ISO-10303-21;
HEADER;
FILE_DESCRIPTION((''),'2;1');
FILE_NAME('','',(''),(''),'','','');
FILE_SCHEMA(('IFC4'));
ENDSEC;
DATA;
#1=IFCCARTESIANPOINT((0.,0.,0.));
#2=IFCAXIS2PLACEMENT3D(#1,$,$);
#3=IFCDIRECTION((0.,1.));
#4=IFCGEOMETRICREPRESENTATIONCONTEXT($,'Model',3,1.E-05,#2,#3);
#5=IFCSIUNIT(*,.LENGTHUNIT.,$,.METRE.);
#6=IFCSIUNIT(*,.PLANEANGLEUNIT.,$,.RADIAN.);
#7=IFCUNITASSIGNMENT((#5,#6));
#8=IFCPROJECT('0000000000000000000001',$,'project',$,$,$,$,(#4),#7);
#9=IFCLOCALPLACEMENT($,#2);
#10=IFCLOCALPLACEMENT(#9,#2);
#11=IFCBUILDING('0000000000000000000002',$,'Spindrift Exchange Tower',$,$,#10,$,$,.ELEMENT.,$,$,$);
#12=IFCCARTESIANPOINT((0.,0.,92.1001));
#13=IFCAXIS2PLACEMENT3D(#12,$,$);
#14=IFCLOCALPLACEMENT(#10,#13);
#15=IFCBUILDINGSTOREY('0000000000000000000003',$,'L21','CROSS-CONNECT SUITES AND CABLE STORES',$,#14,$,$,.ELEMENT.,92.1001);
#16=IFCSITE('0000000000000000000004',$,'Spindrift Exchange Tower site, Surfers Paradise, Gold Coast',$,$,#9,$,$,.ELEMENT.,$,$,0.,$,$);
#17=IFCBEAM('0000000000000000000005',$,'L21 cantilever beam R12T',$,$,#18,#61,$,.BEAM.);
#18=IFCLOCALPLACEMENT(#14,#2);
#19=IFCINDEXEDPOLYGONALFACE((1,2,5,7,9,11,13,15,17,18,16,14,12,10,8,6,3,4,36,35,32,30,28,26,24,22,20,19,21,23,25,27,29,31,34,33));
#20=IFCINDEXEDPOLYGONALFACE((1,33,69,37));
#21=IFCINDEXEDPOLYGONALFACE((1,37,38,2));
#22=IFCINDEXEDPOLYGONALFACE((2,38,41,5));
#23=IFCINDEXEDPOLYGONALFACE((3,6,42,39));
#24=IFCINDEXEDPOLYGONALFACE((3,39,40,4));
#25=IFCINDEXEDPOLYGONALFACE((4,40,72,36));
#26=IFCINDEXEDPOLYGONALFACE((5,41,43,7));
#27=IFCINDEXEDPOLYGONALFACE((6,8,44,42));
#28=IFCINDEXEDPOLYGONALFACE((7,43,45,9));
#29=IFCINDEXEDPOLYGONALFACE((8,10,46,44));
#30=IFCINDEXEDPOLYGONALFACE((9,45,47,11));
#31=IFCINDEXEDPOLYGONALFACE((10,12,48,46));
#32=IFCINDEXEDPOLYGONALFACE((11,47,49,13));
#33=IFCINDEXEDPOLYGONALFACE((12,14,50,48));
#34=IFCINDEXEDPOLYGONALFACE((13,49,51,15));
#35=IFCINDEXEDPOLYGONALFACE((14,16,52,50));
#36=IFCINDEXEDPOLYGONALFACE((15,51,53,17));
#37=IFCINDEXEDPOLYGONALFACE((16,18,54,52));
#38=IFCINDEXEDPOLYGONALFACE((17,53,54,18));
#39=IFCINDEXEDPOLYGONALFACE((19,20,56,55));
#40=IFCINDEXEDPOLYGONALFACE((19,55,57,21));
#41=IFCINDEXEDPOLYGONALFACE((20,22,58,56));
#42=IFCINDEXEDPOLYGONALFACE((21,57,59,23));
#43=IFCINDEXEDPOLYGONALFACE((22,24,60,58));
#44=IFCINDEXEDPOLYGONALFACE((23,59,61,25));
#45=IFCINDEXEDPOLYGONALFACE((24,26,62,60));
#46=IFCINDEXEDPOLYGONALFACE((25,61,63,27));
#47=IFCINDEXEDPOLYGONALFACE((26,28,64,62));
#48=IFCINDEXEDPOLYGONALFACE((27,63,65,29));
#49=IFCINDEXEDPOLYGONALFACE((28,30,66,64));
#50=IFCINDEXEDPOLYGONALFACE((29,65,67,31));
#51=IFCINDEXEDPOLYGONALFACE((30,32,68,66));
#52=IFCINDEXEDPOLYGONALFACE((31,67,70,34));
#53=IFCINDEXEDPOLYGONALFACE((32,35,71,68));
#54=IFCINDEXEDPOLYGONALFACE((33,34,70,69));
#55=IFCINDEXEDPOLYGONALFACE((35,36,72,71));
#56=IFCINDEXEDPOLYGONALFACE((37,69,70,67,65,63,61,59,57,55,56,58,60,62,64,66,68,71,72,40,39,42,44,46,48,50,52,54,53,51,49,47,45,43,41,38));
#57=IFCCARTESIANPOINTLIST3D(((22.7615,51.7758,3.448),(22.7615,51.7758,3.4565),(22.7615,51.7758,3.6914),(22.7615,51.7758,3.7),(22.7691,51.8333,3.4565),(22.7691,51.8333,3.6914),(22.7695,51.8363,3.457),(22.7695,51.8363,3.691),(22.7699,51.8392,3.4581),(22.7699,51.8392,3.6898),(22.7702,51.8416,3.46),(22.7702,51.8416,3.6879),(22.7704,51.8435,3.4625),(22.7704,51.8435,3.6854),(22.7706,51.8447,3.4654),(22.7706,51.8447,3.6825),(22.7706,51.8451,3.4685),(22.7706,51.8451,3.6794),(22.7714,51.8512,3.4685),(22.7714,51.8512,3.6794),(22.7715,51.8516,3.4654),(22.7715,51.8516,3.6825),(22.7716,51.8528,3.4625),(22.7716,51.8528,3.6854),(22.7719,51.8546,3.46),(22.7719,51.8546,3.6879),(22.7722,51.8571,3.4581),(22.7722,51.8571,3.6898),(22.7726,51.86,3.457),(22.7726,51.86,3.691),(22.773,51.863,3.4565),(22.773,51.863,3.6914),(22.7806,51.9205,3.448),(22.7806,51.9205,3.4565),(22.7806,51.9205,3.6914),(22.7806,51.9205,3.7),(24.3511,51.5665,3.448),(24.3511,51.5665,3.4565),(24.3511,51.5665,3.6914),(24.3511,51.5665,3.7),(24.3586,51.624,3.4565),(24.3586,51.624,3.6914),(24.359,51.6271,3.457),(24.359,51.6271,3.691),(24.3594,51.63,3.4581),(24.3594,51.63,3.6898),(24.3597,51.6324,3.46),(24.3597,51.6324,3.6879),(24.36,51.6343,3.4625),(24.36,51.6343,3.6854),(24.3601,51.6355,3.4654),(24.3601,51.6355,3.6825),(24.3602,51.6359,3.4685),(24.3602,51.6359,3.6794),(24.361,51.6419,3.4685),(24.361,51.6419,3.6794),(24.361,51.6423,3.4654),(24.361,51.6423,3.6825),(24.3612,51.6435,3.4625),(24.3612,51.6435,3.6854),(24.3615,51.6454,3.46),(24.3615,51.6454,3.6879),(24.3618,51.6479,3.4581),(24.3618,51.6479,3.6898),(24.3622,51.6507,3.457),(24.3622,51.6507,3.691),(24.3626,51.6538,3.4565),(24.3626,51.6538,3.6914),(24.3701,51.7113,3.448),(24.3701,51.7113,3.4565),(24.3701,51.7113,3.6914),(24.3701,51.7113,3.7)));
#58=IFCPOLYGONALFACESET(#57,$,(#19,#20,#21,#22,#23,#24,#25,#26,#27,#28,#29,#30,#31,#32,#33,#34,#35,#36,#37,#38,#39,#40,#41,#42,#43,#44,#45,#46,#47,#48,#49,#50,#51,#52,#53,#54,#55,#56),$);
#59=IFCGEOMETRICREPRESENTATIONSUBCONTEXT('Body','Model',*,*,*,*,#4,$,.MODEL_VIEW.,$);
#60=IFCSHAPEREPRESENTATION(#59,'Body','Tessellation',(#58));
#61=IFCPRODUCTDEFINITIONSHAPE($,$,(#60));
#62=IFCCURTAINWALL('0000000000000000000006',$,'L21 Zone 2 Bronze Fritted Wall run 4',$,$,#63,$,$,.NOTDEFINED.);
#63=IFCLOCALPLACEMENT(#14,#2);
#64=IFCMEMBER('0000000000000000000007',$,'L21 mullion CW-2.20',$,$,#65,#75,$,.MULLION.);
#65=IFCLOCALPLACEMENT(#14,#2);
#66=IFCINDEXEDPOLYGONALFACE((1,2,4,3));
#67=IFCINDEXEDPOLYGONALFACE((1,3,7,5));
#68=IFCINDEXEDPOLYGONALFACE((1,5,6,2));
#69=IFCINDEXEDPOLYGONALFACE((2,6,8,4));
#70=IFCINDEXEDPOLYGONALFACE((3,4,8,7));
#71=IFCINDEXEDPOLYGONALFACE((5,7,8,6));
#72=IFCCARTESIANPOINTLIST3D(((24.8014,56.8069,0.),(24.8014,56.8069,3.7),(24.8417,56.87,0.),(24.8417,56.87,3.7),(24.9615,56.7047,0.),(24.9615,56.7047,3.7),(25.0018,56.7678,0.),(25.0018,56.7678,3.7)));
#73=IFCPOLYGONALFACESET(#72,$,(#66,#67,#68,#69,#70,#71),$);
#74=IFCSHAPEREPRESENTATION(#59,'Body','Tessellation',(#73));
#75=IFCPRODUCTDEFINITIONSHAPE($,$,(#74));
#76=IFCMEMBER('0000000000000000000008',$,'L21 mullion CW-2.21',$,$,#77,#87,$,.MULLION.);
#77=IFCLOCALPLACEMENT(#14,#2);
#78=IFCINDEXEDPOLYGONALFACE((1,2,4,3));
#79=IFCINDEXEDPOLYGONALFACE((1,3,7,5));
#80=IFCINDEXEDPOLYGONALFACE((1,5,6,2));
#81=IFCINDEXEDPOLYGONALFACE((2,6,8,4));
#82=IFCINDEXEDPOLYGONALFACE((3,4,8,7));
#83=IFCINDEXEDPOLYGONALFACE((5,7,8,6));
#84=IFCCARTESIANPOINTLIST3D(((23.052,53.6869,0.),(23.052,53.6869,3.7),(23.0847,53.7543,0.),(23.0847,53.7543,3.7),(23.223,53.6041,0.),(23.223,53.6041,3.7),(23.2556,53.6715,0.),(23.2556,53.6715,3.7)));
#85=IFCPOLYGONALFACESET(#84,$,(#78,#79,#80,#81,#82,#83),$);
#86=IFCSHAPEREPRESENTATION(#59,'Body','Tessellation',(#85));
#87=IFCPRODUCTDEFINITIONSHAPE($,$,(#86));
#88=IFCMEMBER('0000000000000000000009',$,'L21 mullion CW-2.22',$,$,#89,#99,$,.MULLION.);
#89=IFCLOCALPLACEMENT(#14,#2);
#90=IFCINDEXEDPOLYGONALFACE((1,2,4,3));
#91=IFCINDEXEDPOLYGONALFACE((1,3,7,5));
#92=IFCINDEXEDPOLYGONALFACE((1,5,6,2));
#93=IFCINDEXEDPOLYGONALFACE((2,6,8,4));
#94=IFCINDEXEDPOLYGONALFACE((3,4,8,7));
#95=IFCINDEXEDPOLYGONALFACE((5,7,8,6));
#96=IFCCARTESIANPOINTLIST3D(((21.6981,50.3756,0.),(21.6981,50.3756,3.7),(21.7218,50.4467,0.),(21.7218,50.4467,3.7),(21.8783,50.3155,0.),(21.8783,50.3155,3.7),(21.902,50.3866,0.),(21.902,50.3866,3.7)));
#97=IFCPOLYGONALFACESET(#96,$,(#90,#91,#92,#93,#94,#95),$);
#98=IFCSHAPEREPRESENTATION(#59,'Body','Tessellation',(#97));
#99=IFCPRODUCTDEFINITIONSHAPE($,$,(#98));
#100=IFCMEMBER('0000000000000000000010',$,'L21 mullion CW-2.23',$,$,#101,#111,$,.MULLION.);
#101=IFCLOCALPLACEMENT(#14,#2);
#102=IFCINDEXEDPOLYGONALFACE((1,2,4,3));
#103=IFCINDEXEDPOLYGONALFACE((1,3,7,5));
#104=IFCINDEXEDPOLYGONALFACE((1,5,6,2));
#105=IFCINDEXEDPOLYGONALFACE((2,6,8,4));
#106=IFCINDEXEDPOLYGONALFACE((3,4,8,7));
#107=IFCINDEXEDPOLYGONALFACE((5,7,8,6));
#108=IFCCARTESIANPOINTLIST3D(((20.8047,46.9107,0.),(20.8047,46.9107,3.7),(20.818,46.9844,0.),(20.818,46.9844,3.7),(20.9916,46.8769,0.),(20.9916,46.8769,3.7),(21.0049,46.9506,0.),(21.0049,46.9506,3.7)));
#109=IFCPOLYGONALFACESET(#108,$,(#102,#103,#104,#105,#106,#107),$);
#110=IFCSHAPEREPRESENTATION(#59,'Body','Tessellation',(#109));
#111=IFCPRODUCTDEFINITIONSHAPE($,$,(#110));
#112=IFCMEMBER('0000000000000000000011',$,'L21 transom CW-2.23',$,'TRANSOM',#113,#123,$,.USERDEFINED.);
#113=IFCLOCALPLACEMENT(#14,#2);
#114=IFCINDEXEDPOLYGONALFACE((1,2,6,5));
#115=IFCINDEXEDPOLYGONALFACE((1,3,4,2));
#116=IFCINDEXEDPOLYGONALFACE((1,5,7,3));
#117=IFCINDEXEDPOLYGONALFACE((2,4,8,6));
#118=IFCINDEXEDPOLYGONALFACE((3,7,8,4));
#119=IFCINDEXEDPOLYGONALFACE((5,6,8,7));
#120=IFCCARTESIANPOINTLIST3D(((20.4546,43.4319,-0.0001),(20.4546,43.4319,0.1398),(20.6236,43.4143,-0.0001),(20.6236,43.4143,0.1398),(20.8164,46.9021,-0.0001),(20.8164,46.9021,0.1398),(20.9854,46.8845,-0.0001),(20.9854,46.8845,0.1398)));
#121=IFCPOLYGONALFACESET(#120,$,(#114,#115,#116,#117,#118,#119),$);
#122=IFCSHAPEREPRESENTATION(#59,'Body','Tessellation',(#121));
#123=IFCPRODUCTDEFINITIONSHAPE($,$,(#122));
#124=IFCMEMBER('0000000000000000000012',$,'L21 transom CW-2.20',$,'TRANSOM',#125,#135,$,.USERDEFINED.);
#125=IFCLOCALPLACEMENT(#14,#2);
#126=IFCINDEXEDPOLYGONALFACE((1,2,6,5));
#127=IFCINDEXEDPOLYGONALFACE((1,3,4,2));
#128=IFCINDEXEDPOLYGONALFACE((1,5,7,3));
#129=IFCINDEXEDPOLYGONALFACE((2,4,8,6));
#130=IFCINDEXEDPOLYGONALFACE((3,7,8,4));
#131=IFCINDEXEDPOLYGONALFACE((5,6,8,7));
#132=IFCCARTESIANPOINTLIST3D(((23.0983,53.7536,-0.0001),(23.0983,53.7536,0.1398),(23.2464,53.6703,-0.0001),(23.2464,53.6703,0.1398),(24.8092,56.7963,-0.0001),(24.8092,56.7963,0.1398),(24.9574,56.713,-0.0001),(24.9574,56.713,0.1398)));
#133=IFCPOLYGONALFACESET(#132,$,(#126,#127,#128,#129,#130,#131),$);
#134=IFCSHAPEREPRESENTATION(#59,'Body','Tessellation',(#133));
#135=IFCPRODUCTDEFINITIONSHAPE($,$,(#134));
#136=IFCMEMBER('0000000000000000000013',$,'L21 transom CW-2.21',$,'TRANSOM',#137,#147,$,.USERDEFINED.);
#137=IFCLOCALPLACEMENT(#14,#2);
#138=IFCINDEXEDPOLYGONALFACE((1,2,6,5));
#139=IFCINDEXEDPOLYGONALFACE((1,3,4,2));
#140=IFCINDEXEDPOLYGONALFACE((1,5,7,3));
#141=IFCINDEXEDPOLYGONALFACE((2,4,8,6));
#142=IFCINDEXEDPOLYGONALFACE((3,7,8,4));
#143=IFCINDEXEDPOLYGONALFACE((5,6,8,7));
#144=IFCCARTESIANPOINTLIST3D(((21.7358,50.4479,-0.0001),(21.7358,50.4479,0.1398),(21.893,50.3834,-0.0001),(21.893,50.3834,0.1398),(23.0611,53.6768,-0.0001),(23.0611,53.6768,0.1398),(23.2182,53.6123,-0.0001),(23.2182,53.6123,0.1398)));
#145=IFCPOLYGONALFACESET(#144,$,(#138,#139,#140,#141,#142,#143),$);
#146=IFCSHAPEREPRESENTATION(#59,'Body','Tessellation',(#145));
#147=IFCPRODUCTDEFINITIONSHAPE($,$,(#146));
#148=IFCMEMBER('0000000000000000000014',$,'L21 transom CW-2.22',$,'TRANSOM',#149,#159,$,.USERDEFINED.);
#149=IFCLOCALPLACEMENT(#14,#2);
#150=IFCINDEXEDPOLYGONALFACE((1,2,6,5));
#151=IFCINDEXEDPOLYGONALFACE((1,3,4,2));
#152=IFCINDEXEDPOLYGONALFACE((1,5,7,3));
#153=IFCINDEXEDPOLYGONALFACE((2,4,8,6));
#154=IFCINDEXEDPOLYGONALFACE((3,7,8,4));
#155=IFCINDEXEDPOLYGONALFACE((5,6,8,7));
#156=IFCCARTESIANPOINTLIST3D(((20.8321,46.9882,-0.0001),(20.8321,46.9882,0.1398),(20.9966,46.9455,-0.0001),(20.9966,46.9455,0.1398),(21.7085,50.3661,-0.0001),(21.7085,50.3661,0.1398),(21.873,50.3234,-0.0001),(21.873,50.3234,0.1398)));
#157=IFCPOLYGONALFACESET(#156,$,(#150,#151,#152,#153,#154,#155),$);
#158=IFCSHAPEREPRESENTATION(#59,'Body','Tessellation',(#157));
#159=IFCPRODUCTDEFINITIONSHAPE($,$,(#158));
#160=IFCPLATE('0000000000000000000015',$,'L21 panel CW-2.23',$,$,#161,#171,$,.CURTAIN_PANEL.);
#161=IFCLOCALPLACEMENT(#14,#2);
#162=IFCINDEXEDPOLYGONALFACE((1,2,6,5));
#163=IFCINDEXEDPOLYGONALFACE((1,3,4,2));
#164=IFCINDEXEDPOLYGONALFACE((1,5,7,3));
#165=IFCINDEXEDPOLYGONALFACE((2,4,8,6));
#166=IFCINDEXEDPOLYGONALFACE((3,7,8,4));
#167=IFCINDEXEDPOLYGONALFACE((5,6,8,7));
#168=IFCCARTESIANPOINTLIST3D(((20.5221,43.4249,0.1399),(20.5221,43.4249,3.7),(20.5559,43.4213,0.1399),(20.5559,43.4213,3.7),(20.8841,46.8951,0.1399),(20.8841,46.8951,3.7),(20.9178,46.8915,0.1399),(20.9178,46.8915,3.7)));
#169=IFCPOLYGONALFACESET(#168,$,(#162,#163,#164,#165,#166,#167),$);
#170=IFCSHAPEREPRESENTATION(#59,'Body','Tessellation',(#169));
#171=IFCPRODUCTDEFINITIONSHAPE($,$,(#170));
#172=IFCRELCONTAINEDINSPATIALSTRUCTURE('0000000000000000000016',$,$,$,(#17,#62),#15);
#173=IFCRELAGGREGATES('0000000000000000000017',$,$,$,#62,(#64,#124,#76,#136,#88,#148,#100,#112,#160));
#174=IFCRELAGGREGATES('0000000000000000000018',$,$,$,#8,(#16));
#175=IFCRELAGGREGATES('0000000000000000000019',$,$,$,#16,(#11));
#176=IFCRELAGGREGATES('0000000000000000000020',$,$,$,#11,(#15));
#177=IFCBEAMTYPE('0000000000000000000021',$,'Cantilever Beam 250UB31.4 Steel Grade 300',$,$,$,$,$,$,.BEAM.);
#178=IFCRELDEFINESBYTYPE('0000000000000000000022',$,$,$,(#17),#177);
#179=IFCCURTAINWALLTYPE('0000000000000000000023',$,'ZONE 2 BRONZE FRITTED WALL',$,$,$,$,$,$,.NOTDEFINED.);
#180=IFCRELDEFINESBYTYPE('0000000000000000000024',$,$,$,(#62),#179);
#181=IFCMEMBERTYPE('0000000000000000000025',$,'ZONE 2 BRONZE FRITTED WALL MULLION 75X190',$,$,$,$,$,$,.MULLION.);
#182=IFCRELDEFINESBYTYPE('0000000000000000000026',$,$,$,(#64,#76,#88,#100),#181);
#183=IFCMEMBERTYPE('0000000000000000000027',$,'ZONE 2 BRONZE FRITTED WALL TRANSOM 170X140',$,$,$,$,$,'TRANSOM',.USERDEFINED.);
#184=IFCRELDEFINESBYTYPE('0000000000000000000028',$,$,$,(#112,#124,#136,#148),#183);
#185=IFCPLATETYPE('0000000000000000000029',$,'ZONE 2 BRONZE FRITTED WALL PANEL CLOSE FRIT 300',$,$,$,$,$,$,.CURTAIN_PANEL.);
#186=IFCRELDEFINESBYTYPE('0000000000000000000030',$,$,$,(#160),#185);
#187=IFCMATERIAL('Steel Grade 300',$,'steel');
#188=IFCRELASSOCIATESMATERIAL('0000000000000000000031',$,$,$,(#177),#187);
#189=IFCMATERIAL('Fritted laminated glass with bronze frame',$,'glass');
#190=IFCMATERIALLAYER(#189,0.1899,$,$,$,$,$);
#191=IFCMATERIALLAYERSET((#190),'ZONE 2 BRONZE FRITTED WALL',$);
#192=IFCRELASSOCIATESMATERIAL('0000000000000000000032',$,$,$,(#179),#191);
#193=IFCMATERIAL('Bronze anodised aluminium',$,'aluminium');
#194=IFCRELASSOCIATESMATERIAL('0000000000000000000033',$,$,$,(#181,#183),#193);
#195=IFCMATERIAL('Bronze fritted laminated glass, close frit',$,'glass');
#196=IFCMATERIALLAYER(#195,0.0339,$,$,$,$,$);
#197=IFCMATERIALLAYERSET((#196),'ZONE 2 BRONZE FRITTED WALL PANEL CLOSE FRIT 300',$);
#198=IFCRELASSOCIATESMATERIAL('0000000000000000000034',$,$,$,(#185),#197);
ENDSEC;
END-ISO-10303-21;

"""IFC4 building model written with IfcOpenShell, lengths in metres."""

from ifc_helpers import new_model, si_unit, direction, frame, origin, origin_2d, place, context, subcontext, project, spatial, rectangle, i_section, extrude, source, transform, mapped, material, layer, layer_set, material_profile, profile_set, type_object, element, aggregate, save


model = new_model("IFC4")

# Units and contexts
model_context = context("Model", 3, precision=1e-05, world=origin(), true_north=direction((0.0, 1.0)))
body_context = subcontext(model_context, "Body", "Model", "MODEL_VIEW")
ifc_project = project(units=[si_unit("LENGTHUNIT", "METRE"), si_unit("PLANEANGLEUNIT", "RADIAN")], contexts=[model_context])

# Site, building, storey
site_placement = place(None, origin())
site = spatial("IfcSite", under=ifc_project, at=site_placement, Name="Spindrift Exchange Tower site, Surfers Paradise, Gold Coast", CompositionType="ELEMENT", RefElevation=0.0)
building_placement = place(site_placement, origin())
building = spatial("IfcBuilding", under=site, at=building_placement, Name="Spindrift Exchange Tower", CompositionType="ELEMENT")
storey_placement = place(building_placement, frame((0.0, 0.0, 92.1001)))
storey = spatial("IfcBuildingStorey", under=building, at=storey_placement, Name="L21", Description="CROSS-CONNECT SUITES AND CABLE STORES", CompositionType="ELEMENT", Elevation=92.1001)

# Beam
ifc_material_1 = material(Name="Steel Grade 300", Category="steel")
ifc_material_profile_1 = material_profile(ifc_material_1, i_section(OverallWidth=0.146, OverallDepth=0.252, WebThickness=0.0061, FlangeThickness=0.0085, FilletRadius=0.012, at=origin_2d()), Name="250UB31.4")
ifc_profile_set_1 = profile_set([ifc_material_profile_1], Name="Steel Grade 300")
beam_type_1 = type_object("IfcBeamType", Name="Cantilever Beam 250UB31.4 Steel Grade 300", PredefinedType="BEAM", material=ifc_profile_set_1)
shared_shape_1 = source(origin(), body_context, "Body", "SweptSolid", [
    extrude(i_section(OverallWidth=0.146, OverallDepth=0.252, WebThickness=0.0061, FlangeThickness=0.0085, FilletRadius=0.012, at=origin_2d()), origin(), (0.0, 0.0, 1.0), 1.6033),
])
beam_1_placement = place(storey_placement, frame((24.3606, 51.6389, 3.574), z_axis=(-0.991449, 0.130498, 0.0), x_axis=(-0.130498, -0.991449, 0.0)))
element("IfcBeam", 1, at=beam_1_placement, inside=storey, type_object=beam_type_1, Name="L21 cantilever beam R12T", PredefinedType="BEAM", context=body_context, shape_type="MappedRepresentation", body=[
    mapped(shared_shape_1, transform((0.0, 0.0, 0.0), scale=1.0)),
])

# Curtain wall, members, plate
ifc_material_2 = material(Name="Fritted laminated glass with bronze frame", Category="glass")
ifc_layer_1 = layer(ifc_material_2, 0.1899)
ifc_layer_set_1 = layer_set([ifc_layer_1], Name="ZONE 2 BRONZE FRITTED WALL")
curtain_wall_type = type_object("IfcCurtainWallType", Name="ZONE 2 BRONZE FRITTED WALL", PredefinedType="NOTDEFINED", material=ifc_layer_set_1)
curtain_wall_placement = place(storey_placement, origin())
curtain_wall = element("IfcCurtainWall", 2, at=curtain_wall_placement, inside=storey, type_object=curtain_wall_type, Name="L21 Zone 2 Bronze Fritted Wall run 4", PredefinedType="NOTDEFINED")
ifc_material_3 = material(Name="Bronze anodised aluminium", Category="aluminium")
ifc_material_profile_2 = material_profile(ifc_material_3, rectangle(XDim=0.075, YDim=0.1899, at=origin_2d()), Name="ZONE 2 BRONZE FRITTED WALL MULLION 75X190")
ifc_profile_set_2 = profile_set([ifc_material_profile_2], Name="Bronze anodised aluminium")
member_type_1 = type_object("IfcMemberType", Name="ZONE 2 BRONZE FRITTED WALL MULLION 75X190", PredefinedType="MULLION", material=ifc_profile_set_2)
shared_shape_2 = source(origin(), body_context, "Body", "SweptSolid", [
    extrude(rectangle(XDim=0.075, YDim=0.1899, at=origin_2d()), origin(), (0.0, 0.0, 1.0), 3.7),
])
member_1_placement = place(storey_placement, frame((24.9016, 56.7874, 0.0), z_axis=(0.0, 0.0, 1.0), x_axis=(-0.538152, -0.842848, 0.0)))
member_1 = element("IfcMember", 3, at=member_1_placement, type_object=member_type_1, Name="L21 mullion CW-2.20", PredefinedType="MULLION", context=body_context, shape_type="MappedRepresentation", body=[
    mapped(shared_shape_2, transform((0.0, 0.0, 0.0), scale=1.0)),
])
member_2_placement = place(storey_placement, frame((23.1538, 53.6792, 0.0), z_axis=(0.0, 0.0, 1.0), x_axis=(-0.435765, -0.900061, 0.0)))
member_2 = element("IfcMember", 4, at=member_2_placement, type_object=member_type_1, Name="L21 mullion CW-2.21", PredefinedType="MULLION", context=body_context, shape_type="MappedRepresentation", body=[
    mapped(shared_shape_2, transform((0.0, 0.0, 0.0), scale=1.0)),
])
member_3_placement = place(storey_placement, frame((21.8, 50.3811, 0.0), z_axis=(0.0, 0.0, 1.0), x_axis=(-0.316164, -0.948704, 0.0)))
member_3 = element("IfcMember", 5, at=member_3_placement, type_object=member_type_1, Name="L21 mullion CW-2.22", PredefinedType="MULLION", context=body_context, shape_type="MappedRepresentation", body=[
    mapped(shared_shape_2, transform((0.0, 0.0, 0.0), scale=1.0)),
])
member_4_placement = place(storey_placement, frame((20.9048, 46.9307, 0.0), z_axis=(0.0, 0.0, 1.0), x_axis=(-0.177942, -0.984041, 0.0)))
member_4 = element("IfcMember", 6, at=member_4_placement, type_object=member_type_1, Name="L21 mullion CW-2.23", PredefinedType="MULLION", context=body_context, shape_type="MappedRepresentation", body=[
    mapped(shared_shape_2, transform((0.0, 0.0, 0.0), scale=1.0)),
])
ifc_material_profile_3 = material_profile(ifc_material_3, rectangle(XDim=0.1699, YDim=0.1399, at=origin_2d()), Name="ZONE 2 BRONZE FRITTED WALL TRANSOM 170X140")
ifc_profile_set_3 = profile_set([ifc_material_profile_3], Name="Bronze anodised aluminium")
member_type_2 = type_object("IfcMemberType", Name="ZONE 2 BRONZE FRITTED WALL TRANSOM 170X140", ElementType="TRANSOM", PredefinedType="USERDEFINED", material=ifc_profile_set_3)
shared_shape_3 = source(origin(), body_context, "Body", "SweptSolid", [
    extrude(rectangle(XDim=0.1699, YDim=0.1399, at=origin_2d()), origin(), (0.0, 0.0, 1.0), 3.489),
])
member_5_placement = place(storey_placement, frame((20.9009, 46.8933, 0.0698), z_axis=(-0.103701, -0.994608, 0.0), x_axis=(0.994608, -0.103701, 0.0)))
member_5 = element("IfcMember", 7, at=member_5_placement, type_object=member_type_2, Name="L21 transom CW-2.23", ObjectType="TRANSOM", PredefinedType="USERDEFINED", context=body_context, shape_type="MappedRepresentation", body=[
    mapped(shared_shape_3, transform((0.0, 0.0, 0.0), scale=1.0)),
])
shared_shape_4 = source(origin(), body_context, "Body", "SweptSolid", [
    extrude(rectangle(XDim=0.1699, YDim=0.1399, at=origin_2d()), origin(), (0.0, 0.0, 1.0), 3.4907),
])
member_6_placement = place(storey_placement, frame((24.8833, 56.7546, 0.0698), z_axis=(-0.490132, -0.871648, 0.0), x_axis=(0.871648, -0.490132, 0.0)))
member_6 = element("IfcMember", 8, at=member_6_placement, type_object=member_type_2, Name="L21 transom CW-2.20", ObjectType="TRANSOM", PredefinedType="USERDEFINED", context=body_context, shape_type="MappedRepresentation", body=[
    mapped(shared_shape_4, transform((0.0, 0.0, 0.0), scale=1.0)),
])
shared_shape_5 = source(origin(), body_context, "Body", "SweptSolid", [
    extrude(rectangle(XDim=0.1699, YDim=0.1399, at=origin_2d()), origin(), (0.0, 0.0, 1.0), 3.4902),
])
member_7_placement = place(storey_placement, frame((23.1396, 53.6445, 0.0698), z_axis=(-0.379698, -0.925111, 0.0), x_axis=(0.925111, -0.379698, 0.0)))
member_7 = element("IfcMember", 9, at=member_7_placement, type_object=member_type_2, Name="L21 transom CW-2.21", ObjectType="TRANSOM", PredefinedType="USERDEFINED", context=body_context, shape_type="MappedRepresentation", body=[
    mapped(shared_shape_5, transform((0.0, 0.0, 0.0), scale=1.0)),
])
shared_shape_6 = source(origin(), body_context, "Body", "SweptSolid", [
    extrude(rectangle(XDim=0.1699, YDim=0.1399, at=origin_2d()), origin(), (0.0, 0.0, 1.0), 3.4897),
])
member_8_placement = place(storey_placement, frame((21.7908, 50.3447, 0.0698), z_axis=(-0.251152, -0.967948, 0.0), x_axis=(0.967948, -0.251152, 0.0)))
member_8 = element("IfcMember", 10, at=member_8_placement, type_object=member_type_2, Name="L21 transom CW-2.22", ObjectType="TRANSOM", PredefinedType="USERDEFINED", context=body_context, shape_type="MappedRepresentation", body=[
    mapped(shared_shape_6, transform((0.0, 0.0, 0.0), scale=1.0)),
])
ifc_material_4 = material(Name="Bronze fritted laminated glass, close frit", Category="glass")
ifc_layer_2 = layer(ifc_material_4, 0.0339)
ifc_layer_set_2 = layer_set([ifc_layer_2], Name="ZONE 2 BRONZE FRITTED WALL PANEL CLOSE FRIT 300")
plate_type_1 = type_object("IfcPlateType", Name="ZONE 2 BRONZE FRITTED WALL PANEL CLOSE FRIT 300", PredefinedType="CURTAIN_PANEL", material=ifc_layer_set_2)
shared_shape_7 = source(origin(), body_context, "Body", "SweptSolid", [
    extrude(rectangle(XDim=3.489, YDim=0.0339, at=origin_2d()), origin(), (0.0, 0.0, 1.0), 3.5601),
])
plate_1_placement = place(storey_placement, frame((20.72, 45.1582, 0.1399), z_axis=(0.0, 0.0, 1.0), x_axis=(-0.103732, -0.994605, 0.0)))
plate_1 = element("IfcPlate", 11, at=plate_1_placement, type_object=plate_type_1, Name="L21 panel CW-2.23", PredefinedType="CURTAIN_PANEL", context=body_context, shape_type="MappedRepresentation", body=[
    mapped(shared_shape_7, transform((0.0, 0.0, 0.0), scale=1.0)),
])
aggregate(curtain_wall, [member_1, member_6, member_2, member_7, member_3, member_8, member_4, member_5, plate_1])

save(model, "model.ifc")
